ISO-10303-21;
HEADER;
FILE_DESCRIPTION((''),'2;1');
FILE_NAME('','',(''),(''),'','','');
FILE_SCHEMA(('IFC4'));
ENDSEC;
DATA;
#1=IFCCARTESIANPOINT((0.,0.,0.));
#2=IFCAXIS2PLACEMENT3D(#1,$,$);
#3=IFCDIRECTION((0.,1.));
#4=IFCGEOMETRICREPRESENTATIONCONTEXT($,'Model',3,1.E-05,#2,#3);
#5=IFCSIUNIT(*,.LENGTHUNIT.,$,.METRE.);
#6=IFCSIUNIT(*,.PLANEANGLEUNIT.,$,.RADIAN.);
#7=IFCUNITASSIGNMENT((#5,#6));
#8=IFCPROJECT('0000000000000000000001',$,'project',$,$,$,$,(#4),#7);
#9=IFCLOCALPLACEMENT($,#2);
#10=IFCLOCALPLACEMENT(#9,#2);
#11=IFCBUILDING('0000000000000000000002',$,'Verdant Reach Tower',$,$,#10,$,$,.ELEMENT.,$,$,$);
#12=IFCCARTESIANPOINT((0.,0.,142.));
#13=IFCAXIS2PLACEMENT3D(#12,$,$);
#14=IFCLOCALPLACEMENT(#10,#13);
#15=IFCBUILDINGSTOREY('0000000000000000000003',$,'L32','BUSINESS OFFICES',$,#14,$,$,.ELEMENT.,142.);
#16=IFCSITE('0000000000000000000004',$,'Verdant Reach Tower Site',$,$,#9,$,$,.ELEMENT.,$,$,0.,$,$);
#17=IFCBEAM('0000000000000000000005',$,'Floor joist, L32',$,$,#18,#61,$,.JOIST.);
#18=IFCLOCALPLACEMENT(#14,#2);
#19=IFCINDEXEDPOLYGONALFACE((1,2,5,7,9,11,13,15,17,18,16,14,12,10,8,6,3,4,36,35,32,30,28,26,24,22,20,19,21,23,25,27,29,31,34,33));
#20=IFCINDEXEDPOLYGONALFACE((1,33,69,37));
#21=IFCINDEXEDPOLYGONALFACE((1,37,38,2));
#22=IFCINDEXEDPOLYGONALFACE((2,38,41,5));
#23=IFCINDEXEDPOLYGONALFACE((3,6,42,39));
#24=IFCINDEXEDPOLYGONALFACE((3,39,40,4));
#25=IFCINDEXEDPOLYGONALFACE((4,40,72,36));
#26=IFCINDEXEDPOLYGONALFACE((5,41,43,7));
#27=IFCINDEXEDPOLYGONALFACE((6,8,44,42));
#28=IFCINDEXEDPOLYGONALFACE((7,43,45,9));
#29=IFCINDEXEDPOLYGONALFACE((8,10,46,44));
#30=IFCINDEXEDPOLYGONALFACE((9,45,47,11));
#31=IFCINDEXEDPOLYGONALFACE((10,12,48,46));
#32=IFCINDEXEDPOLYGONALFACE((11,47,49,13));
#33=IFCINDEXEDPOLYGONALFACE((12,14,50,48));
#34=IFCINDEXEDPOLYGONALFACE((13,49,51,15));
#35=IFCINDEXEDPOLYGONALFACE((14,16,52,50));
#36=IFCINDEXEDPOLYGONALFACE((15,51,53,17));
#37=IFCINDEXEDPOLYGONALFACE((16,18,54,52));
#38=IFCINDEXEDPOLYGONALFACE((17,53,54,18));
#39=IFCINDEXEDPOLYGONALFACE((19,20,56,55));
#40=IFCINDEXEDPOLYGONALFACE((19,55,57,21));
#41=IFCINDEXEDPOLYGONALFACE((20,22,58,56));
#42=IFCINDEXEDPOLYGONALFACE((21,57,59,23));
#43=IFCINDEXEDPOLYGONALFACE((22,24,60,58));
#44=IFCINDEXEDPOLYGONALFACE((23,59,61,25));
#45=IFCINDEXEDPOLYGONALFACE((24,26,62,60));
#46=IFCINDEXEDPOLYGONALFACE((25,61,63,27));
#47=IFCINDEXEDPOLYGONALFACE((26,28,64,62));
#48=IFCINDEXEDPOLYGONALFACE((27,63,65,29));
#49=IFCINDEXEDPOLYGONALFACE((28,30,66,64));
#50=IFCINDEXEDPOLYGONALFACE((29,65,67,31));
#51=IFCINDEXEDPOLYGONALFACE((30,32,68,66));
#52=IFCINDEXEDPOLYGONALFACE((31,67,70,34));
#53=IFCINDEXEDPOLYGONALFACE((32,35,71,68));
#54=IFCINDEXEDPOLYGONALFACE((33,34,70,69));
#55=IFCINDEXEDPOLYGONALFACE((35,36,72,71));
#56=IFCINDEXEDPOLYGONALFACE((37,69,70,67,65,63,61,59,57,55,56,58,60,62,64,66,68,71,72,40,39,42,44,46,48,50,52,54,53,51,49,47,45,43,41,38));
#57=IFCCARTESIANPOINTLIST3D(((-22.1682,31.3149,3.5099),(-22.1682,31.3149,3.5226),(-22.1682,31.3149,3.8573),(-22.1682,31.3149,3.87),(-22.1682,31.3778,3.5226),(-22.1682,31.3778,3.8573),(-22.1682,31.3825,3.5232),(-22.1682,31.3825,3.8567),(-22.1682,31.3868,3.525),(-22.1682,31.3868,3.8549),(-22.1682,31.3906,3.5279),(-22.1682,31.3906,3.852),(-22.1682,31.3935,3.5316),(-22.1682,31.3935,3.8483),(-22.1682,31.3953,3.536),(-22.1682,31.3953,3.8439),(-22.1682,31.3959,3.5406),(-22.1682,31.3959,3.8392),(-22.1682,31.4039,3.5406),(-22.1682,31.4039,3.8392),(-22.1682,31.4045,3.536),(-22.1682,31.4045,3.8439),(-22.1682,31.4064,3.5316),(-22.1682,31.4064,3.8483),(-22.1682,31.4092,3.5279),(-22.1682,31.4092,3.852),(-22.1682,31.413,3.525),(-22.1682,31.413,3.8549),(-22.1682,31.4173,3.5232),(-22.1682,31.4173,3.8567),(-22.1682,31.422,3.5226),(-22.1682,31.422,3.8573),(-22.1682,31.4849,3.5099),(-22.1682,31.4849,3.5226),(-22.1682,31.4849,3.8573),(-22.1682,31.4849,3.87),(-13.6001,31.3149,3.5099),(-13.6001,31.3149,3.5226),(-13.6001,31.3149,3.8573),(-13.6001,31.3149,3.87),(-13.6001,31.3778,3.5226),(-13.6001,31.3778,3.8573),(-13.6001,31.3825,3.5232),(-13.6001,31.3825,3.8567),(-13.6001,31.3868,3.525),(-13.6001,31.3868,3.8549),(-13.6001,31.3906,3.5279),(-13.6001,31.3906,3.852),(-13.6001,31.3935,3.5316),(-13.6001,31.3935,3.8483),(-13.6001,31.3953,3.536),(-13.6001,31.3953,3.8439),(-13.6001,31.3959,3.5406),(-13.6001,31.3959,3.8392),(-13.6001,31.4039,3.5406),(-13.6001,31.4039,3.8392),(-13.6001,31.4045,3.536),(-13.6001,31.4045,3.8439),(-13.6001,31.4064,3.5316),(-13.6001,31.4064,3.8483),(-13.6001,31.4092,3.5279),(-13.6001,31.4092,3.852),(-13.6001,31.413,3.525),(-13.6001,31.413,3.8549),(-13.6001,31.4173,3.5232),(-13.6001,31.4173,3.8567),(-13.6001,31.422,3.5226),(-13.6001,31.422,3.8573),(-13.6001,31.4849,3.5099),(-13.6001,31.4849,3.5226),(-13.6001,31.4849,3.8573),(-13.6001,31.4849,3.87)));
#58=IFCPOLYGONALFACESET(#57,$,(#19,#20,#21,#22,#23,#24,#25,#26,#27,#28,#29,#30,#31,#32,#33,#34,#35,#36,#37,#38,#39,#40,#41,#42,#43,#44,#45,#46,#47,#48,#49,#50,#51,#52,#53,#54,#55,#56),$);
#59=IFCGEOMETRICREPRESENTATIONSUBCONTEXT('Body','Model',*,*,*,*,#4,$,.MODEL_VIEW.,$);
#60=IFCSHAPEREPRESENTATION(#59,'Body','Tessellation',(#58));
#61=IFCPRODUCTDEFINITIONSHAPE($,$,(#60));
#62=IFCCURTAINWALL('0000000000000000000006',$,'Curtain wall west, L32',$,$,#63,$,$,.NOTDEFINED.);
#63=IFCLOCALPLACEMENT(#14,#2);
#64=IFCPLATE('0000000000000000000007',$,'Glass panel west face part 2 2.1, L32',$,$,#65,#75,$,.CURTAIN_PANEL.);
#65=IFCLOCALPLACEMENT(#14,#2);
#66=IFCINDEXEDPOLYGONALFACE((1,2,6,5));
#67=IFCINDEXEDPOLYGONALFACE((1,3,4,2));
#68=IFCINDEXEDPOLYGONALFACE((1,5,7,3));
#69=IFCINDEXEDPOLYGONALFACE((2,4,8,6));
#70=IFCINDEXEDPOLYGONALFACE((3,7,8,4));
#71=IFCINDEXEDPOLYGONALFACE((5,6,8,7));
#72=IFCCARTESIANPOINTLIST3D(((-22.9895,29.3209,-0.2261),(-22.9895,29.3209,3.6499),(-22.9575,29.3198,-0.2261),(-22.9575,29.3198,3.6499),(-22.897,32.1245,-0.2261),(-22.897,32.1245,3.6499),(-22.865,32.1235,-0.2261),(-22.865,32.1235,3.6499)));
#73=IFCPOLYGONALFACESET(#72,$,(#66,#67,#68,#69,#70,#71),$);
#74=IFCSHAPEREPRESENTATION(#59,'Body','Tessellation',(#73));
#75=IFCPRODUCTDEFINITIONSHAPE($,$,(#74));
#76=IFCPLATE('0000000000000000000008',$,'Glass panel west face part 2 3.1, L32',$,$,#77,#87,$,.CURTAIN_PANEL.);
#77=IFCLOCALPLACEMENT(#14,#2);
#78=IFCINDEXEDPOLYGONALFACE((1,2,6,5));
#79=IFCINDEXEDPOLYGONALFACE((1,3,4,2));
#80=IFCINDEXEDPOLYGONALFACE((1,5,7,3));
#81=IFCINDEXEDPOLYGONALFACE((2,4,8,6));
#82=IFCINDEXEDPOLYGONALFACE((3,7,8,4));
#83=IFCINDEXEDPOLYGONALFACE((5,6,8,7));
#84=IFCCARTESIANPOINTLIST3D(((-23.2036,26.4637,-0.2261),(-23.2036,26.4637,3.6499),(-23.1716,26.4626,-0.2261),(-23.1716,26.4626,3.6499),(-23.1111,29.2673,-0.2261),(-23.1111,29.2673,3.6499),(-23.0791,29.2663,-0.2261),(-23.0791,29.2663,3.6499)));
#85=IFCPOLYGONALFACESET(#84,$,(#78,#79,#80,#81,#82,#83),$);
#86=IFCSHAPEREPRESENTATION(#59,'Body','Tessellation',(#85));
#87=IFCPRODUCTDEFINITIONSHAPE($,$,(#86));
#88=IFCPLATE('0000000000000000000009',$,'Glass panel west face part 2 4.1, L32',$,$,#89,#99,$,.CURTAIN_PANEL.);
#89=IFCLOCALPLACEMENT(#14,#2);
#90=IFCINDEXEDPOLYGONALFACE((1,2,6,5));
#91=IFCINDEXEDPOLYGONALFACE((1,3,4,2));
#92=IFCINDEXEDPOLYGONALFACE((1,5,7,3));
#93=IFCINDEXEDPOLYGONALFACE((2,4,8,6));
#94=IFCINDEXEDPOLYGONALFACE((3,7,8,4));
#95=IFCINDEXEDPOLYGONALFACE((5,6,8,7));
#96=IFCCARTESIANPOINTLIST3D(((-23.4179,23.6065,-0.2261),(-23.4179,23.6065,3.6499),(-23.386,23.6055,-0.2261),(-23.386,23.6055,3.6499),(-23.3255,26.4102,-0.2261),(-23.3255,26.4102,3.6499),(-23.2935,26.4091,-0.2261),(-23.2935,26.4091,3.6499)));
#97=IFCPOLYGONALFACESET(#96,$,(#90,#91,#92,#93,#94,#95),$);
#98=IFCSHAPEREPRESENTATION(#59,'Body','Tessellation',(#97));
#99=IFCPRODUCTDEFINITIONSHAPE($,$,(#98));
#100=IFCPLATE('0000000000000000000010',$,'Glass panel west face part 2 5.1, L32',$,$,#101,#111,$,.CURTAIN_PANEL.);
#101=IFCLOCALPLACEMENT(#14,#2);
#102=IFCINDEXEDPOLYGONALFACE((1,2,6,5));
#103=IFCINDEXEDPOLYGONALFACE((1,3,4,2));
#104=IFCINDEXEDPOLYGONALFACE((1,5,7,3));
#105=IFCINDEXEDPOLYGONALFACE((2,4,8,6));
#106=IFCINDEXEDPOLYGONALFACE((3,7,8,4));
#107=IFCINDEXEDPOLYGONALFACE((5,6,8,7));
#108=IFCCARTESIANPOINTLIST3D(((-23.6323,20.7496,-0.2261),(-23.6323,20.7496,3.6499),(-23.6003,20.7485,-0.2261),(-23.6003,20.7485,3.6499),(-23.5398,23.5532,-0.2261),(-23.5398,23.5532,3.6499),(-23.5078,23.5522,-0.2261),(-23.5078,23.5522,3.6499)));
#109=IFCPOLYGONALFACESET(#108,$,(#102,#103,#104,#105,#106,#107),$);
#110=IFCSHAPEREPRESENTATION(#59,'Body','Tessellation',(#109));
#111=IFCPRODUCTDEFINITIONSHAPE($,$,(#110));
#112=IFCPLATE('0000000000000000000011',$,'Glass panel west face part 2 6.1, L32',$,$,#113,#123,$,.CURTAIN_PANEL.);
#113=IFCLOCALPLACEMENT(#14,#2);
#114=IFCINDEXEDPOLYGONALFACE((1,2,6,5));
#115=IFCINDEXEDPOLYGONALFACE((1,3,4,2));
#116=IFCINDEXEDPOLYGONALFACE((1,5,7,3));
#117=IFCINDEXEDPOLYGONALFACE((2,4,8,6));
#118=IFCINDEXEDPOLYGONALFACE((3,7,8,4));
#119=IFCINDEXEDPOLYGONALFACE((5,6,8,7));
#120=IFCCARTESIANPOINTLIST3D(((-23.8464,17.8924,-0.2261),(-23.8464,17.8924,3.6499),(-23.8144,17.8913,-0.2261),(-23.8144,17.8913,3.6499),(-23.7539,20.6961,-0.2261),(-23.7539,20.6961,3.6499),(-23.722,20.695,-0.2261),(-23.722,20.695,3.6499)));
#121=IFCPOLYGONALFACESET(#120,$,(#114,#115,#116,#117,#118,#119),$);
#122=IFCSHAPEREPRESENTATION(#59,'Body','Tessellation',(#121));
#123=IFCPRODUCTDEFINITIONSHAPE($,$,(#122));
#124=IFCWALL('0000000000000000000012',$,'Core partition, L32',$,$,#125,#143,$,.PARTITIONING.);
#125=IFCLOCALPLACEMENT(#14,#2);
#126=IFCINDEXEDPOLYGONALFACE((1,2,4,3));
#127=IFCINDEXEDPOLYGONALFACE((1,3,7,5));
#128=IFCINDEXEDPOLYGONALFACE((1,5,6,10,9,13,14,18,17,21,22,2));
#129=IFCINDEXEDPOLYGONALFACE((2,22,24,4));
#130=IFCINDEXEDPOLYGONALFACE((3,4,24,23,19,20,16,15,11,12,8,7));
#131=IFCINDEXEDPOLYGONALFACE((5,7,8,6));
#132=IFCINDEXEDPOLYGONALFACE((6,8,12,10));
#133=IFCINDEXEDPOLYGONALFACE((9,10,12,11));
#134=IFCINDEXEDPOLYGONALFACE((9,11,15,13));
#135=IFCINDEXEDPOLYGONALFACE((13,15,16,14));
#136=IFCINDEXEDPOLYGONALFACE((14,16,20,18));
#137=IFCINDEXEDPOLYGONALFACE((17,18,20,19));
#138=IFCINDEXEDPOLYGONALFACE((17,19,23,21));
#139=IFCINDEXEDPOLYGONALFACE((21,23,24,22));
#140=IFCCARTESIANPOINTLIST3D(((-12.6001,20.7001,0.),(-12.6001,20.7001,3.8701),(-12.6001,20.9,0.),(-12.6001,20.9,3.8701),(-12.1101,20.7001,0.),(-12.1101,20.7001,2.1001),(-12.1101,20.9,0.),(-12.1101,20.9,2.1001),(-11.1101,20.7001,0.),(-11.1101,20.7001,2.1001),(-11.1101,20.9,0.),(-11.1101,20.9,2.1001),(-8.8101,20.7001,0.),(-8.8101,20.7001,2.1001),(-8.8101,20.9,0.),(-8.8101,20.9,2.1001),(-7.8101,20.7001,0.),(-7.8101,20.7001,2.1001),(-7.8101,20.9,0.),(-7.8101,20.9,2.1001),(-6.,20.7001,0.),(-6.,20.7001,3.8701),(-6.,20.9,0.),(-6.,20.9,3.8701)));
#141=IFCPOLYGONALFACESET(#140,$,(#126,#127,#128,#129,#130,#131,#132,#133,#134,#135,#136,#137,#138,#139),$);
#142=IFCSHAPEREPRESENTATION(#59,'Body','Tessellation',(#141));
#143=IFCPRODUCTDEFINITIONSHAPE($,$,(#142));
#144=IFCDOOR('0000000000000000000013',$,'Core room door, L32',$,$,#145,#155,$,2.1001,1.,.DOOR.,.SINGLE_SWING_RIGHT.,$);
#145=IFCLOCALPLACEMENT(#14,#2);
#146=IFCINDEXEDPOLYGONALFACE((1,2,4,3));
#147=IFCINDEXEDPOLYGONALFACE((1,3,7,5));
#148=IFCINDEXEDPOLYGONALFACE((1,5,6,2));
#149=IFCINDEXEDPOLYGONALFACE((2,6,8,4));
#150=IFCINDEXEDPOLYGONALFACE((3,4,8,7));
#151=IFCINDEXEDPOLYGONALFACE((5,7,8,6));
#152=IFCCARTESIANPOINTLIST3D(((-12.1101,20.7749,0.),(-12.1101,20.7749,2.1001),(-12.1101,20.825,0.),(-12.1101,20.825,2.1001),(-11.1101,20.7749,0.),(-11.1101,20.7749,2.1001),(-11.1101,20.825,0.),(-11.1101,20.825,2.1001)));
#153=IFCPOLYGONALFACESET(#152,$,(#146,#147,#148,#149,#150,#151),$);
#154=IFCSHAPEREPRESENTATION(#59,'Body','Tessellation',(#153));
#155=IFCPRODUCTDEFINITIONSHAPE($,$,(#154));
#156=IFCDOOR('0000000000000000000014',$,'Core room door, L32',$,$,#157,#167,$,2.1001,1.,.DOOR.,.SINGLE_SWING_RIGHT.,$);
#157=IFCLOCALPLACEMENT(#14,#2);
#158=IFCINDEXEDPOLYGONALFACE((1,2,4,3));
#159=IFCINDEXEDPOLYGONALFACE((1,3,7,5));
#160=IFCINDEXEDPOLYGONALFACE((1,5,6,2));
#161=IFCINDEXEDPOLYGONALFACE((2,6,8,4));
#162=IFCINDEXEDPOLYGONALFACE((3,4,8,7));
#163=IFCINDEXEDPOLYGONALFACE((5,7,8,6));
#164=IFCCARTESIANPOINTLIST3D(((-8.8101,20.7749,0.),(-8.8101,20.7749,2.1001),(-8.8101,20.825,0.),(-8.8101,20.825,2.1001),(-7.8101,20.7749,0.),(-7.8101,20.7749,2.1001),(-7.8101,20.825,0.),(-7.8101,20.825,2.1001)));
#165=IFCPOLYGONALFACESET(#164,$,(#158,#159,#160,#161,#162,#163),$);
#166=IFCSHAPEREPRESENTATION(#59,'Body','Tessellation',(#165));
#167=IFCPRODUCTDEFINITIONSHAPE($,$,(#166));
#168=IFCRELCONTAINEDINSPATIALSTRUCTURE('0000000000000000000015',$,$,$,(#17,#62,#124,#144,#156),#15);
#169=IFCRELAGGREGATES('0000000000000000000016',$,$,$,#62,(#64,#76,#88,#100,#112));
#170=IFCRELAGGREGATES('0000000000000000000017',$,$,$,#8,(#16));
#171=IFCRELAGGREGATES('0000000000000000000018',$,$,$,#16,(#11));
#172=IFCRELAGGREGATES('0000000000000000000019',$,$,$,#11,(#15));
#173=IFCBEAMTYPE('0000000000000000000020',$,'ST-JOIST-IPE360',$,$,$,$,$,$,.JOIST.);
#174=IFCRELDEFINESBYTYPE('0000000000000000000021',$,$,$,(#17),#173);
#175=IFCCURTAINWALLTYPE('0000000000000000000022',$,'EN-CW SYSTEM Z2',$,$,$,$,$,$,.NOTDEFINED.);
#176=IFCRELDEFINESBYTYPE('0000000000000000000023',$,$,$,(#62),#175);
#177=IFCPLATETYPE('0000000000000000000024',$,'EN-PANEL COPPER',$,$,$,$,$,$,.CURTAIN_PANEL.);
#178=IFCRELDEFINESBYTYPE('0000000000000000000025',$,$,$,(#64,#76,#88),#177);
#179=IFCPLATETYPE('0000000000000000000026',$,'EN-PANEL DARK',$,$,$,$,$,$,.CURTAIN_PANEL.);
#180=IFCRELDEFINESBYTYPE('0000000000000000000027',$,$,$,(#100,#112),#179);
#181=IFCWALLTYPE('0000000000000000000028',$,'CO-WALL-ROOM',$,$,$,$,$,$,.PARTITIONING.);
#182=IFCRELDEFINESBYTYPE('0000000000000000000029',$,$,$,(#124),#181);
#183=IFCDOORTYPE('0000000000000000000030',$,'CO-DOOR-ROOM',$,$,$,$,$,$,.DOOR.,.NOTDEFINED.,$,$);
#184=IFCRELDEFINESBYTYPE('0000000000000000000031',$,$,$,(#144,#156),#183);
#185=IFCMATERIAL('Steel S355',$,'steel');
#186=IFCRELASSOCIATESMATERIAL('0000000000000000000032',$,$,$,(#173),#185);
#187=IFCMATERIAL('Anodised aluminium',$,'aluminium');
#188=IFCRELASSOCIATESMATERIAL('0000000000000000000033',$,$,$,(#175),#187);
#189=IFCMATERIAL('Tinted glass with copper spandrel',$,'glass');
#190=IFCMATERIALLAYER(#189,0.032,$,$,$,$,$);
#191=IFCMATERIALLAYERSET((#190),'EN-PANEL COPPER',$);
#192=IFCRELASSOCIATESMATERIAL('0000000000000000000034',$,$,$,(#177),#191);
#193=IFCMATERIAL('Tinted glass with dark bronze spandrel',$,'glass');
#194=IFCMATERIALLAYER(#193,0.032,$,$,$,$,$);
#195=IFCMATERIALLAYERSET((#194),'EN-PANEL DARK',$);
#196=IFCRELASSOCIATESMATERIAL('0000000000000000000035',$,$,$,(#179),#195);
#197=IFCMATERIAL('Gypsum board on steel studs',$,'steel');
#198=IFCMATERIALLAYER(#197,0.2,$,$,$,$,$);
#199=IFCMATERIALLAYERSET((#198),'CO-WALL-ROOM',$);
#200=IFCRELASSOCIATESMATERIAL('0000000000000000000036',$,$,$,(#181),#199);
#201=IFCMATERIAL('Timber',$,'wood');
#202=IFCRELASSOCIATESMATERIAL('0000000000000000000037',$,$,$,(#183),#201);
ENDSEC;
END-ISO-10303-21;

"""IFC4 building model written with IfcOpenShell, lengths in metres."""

from ifc_helpers import new_model, si_unit, direction, frame, frame_2d, origin, origin_2d, place, context, subcontext, project, spatial, rectangle, i_section, extrude, material, layer, layer_set, material_profile, profile_set, type_object, element, fill, aggregate, save


model = new_model("IFC4")

# Units and contexts
model_context = context("Model", 3, precision=1e-05, world=origin(), true_north=direction((0.0, 1.0)))
body_context = subcontext(model_context, "Body", "Model", "MODEL_VIEW")
ifc_project = project(units=[si_unit("LENGTHUNIT", "METRE"), si_unit("PLANEANGLEUNIT", "RADIAN")], contexts=[model_context])

# Site, building, storey
site_placement = place(None, origin())
site = spatial("IfcSite", under=ifc_project, at=site_placement, Name="Verdant Reach Tower Site", CompositionType="ELEMENT", RefElevation=0.0)
building_placement = place(site_placement, origin())
building = spatial("IfcBuilding", under=site, at=building_placement, Name="Verdant Reach Tower", CompositionType="ELEMENT")
storey_placement = place(building_placement, frame((0.0, 0.0, 142.0)))
storey = spatial("IfcBuildingStorey", under=building, at=storey_placement, Name="L32", Description="BUSINESS OFFICES", CompositionType="ELEMENT", Elevation=142.0)

# Beam
ifc_material_1 = material(Name="Steel S355", Category="steel")
ifc_material_profile_1 = material_profile(ifc_material_1, i_section(OverallWidth=0.1699, OverallDepth=0.3601, WebThickness=0.0081, FlangeThickness=0.0127, FilletRadius=0.0181, at=origin_2d()), Name="IPE 360")
ifc_profile_set_1 = profile_set([ifc_material_profile_1], Name="Steel S355")
beam_type = type_object("IfcBeamType", Name="ST-JOIST-IPE360", PredefinedType="JOIST", material=ifc_profile_set_1)
beam_1_placement = place(storey_placement, frame((-13.6001, 31.3999, 3.6899), z_axis=(-1.0, 0.0, 0.0), x_axis=(0.0, -1.0, 0.0)))
element("IfcBeam", 1, at=beam_1_placement, inside=storey, type_object=beam_type, Name="Floor joist, L32", PredefinedType="JOIST", context=body_context, shape_type="SweptSolid", body=[
    extrude(i_section(OverallWidth=0.1699, OverallDepth=0.3601, WebThickness=0.0081, FlangeThickness=0.0127, FilletRadius=0.0181, at=origin_2d()), origin(), (0.0, 0.0, 1.0), 8.5681),
])

# Curtain wall, plates
ifc_material_2 = material(Name="Anodised aluminium", Category="aluminium")
curtain_wall_type = type_object("IfcCurtainWallType", Name="EN-CW SYSTEM Z2", PredefinedType="NOTDEFINED", material=ifc_material_2)
curtain_wall_placement = place(storey_placement, origin())
curtain_wall = element("IfcCurtainWall", 2, at=curtain_wall_placement, inside=storey, type_object=curtain_wall_type, Name="Curtain wall west, L32", PredefinedType="NOTDEFINED")
ifc_material_3 = material(Name="Tinted glass with copper spandrel", Category="glass")
ifc_layer_1 = layer(ifc_material_3, 0.032)
ifc_layer_set_1 = layer_set([ifc_layer_1], Name="EN-PANEL COPPER")
plate_type_1 = type_object("IfcPlateType", Name="EN-PANEL COPPER", PredefinedType="CURTAIN_PANEL", material=ifc_layer_set_1)
plate_1_placement = place(storey_placement, frame((-22.9272, 30.7222, -0.2261), z_axis=(0.0, 0.0, 1.0), x_axis=(-0.032966, -0.999456, 0.0)))
plate_1 = element("IfcPlate", 3, at=plate_1_placement, type_object=plate_type_1, Name="Glass panel west face part 2 2.1, L32", PredefinedType="CURTAIN_PANEL", context=body_context, shape_type="SweptSolid", body=[
    extrude(rectangle(XDim=2.8052, YDim=0.032, at=origin_2d()), origin(), (0.0, 0.0, 1.0), 3.876),
])
plate_2_placement = place(storey_placement, frame((-23.1414, 27.865, -0.2261), z_axis=(0.0, 0.0, 1.0), x_axis=(-0.032966, -0.999456, 0.0)))
plate_2 = element("IfcPlate", 4, at=plate_2_placement, type_object=plate_type_1, Name="Glass panel west face part 2 3.1, L32", PredefinedType="CURTAIN_PANEL", context=body_context, shape_type="SweptSolid", body=[
    extrude(rectangle(XDim=2.8052, YDim=0.032, at=origin_2d()), origin(), (0.0, 0.0, 1.0), 3.876),
])
plate_3_placement = place(storey_placement, frame((-23.3557, 25.0078, -0.2261), z_axis=(0.0, 0.0, 1.0), x_axis=(-0.032966, -0.999456, 0.0)))
plate_3 = element("IfcPlate", 5, at=plate_3_placement, type_object=plate_type_1, Name="Glass panel west face part 2 4.1, L32", PredefinedType="CURTAIN_PANEL", context=body_context, shape_type="SweptSolid", body=[
    extrude(rectangle(XDim=2.8052, YDim=0.032, at=origin_2d()), origin(), (0.0, 0.0, 1.0), 3.876),
])
ifc_material_4 = material(Name="Tinted glass with dark bronze spandrel", Category="glass")
ifc_layer_2 = layer(ifc_material_4, 0.032)
ifc_layer_set_2 = layer_set([ifc_layer_2], Name="EN-PANEL DARK")
plate_type_2 = type_object("IfcPlateType", Name="EN-PANEL DARK", PredefinedType="CURTAIN_PANEL", material=ifc_layer_set_2)
plate_4_placement = place(storey_placement, frame((-23.5701, 22.1509, -0.2261), z_axis=(0.0, 0.0, 1.0), x_axis=(-0.032966, -0.999456, 0.0)))
plate_4 = element("IfcPlate", 6, at=plate_4_placement, type_object=plate_type_2, Name="Glass panel west face part 2 5.1, L32", PredefinedType="CURTAIN_PANEL", context=body_context, shape_type="SweptSolid", body=[
    extrude(rectangle(XDim=2.8052, YDim=0.032, at=origin_2d()), origin(), (0.0, 0.0, 1.0), 3.876),
])
plate_5_placement = place(storey_placement, frame((-23.7842, 19.2937, -0.2261), z_axis=(0.0, 0.0, 1.0), x_axis=(-0.032966, -0.999456, 0.0)))
plate_5 = element("IfcPlate", 7, at=plate_5_placement, type_object=plate_type_2, Name="Glass panel west face part 2 6.1, L32", PredefinedType="CURTAIN_PANEL", context=body_context, shape_type="SweptSolid", body=[
    extrude(rectangle(XDim=2.8052, YDim=0.032, at=origin_2d()), origin(), (0.0, 0.0, 1.0), 3.876),
])
aggregate(curtain_wall, [plate_1, plate_2, plate_3, plate_4, plate_5])

# Wall, openings, doors
ifc_material_5 = material(Name="Gypsum board on steel studs", Category="steel")
ifc_layer_3 = layer(ifc_material_5, 0.2)
ifc_layer_set_3 = layer_set([ifc_layer_3], Name="CO-WALL-ROOM")
wall_type_1 = type_object("IfcWallType", Name="CO-WALL-ROOM", PredefinedType="PARTITIONING", material=ifc_layer_set_3)
wall_1_placement = place(storey_placement, frame((-12.6001, 20.8, 0.0), z_axis=(0.0, 0.0, 1.0), x_axis=(1.0, 0.0, 0.0)))
wall_1 = element("IfcWall", 8, at=wall_1_placement, inside=storey, type_object=wall_type_1, Name="Core partition, L32", PredefinedType="PARTITIONING", context=body_context, shape_type="SweptSolid", body=[
    extrude(rectangle(XDim=6.6001, YDim=0.2, at=frame_2d((3.3, 0.0))), origin(), (0.0, 0.0, 1.0), 3.8701),
])
opening_1_placement = place(wall_1_placement, frame((0.49, 0.0, 0.0)))
opening_1 = element("IfcOpeningElement", 9, at=opening_1_placement, cuts=wall_1, PredefinedType="OPENING", context=body_context, shape_type="SweptSolid", body=[
    extrude(rectangle(XDim=1.0, YDim=2.1001, at=frame_2d((0.5, 1.05))), frame((0.0, 0.1099, 0.0), z_axis=(0.0, -1.0, 0.0), x_axis=(1.0, 0.0, 0.0)), (0.0, 0.0, 1.0), 0.22),
])
opening_2_placement = place(wall_1_placement, frame((3.79, 0.0, 0.0)))
opening_2 = element("IfcOpeningElement", 10, at=opening_2_placement, cuts=wall_1, PredefinedType="OPENING", context=body_context, shape_type="SweptSolid", body=[
    extrude(rectangle(XDim=1.0, YDim=2.1001, at=frame_2d((0.5, 1.05))), frame((0.0, 0.1099, 0.0), z_axis=(0.0, -1.0, 0.0), x_axis=(1.0, 0.0, 0.0)), (0.0, 0.0, 1.0), 0.22),
])
ifc_material_6 = material(Name="Timber", Category="wood")
door_type_1 = type_object("IfcDoorType", Name="CO-DOOR-ROOM", OperationType="NOTDEFINED", PredefinedType="DOOR", material=ifc_material_6)
door_1_placement = place(opening_1_placement, origin())
door_1 = element("IfcDoor", 11, at=door_1_placement, inside=storey, type_object=door_type_1, Name="Core room door, L32", OperationType="SINGLE_SWING_RIGHT", OverallHeight=2.1001, OverallWidth=1.0, PredefinedType="DOOR", context=body_context, shape_type="SweptSolid", body=[
    extrude(rectangle(XDim=1.0, YDim=2.1001, at=frame_2d((0.5, 1.05))), frame((0.0, 0.0249, 0.0), z_axis=(0.0, -1.0, 0.0), x_axis=(1.0, 0.0, 0.0)), (0.0, 0.0, 1.0), 0.05),
])
fill(opening_1, door_1)
door_2_placement = place(opening_2_placement, origin())
door_2 = element("IfcDoor", 12, at=door_2_placement, inside=storey, type_object=door_type_1, Name="Core room door, L32", OperationType="SINGLE_SWING_RIGHT", OverallHeight=2.1001, OverallWidth=1.0, PredefinedType="DOOR", context=body_context, shape_type="SweptSolid", body=[
    extrude(rectangle(XDim=1.0, YDim=2.1001, at=frame_2d((0.5, 1.05))), frame((0.0, 0.0249, 0.0), z_axis=(0.0, -1.0, 0.0), x_axis=(1.0, 0.0, 0.0)), (0.0, 0.0, 1.0), 0.05),
])
fill(opening_2, door_2)

save(model, "model.ifc")
